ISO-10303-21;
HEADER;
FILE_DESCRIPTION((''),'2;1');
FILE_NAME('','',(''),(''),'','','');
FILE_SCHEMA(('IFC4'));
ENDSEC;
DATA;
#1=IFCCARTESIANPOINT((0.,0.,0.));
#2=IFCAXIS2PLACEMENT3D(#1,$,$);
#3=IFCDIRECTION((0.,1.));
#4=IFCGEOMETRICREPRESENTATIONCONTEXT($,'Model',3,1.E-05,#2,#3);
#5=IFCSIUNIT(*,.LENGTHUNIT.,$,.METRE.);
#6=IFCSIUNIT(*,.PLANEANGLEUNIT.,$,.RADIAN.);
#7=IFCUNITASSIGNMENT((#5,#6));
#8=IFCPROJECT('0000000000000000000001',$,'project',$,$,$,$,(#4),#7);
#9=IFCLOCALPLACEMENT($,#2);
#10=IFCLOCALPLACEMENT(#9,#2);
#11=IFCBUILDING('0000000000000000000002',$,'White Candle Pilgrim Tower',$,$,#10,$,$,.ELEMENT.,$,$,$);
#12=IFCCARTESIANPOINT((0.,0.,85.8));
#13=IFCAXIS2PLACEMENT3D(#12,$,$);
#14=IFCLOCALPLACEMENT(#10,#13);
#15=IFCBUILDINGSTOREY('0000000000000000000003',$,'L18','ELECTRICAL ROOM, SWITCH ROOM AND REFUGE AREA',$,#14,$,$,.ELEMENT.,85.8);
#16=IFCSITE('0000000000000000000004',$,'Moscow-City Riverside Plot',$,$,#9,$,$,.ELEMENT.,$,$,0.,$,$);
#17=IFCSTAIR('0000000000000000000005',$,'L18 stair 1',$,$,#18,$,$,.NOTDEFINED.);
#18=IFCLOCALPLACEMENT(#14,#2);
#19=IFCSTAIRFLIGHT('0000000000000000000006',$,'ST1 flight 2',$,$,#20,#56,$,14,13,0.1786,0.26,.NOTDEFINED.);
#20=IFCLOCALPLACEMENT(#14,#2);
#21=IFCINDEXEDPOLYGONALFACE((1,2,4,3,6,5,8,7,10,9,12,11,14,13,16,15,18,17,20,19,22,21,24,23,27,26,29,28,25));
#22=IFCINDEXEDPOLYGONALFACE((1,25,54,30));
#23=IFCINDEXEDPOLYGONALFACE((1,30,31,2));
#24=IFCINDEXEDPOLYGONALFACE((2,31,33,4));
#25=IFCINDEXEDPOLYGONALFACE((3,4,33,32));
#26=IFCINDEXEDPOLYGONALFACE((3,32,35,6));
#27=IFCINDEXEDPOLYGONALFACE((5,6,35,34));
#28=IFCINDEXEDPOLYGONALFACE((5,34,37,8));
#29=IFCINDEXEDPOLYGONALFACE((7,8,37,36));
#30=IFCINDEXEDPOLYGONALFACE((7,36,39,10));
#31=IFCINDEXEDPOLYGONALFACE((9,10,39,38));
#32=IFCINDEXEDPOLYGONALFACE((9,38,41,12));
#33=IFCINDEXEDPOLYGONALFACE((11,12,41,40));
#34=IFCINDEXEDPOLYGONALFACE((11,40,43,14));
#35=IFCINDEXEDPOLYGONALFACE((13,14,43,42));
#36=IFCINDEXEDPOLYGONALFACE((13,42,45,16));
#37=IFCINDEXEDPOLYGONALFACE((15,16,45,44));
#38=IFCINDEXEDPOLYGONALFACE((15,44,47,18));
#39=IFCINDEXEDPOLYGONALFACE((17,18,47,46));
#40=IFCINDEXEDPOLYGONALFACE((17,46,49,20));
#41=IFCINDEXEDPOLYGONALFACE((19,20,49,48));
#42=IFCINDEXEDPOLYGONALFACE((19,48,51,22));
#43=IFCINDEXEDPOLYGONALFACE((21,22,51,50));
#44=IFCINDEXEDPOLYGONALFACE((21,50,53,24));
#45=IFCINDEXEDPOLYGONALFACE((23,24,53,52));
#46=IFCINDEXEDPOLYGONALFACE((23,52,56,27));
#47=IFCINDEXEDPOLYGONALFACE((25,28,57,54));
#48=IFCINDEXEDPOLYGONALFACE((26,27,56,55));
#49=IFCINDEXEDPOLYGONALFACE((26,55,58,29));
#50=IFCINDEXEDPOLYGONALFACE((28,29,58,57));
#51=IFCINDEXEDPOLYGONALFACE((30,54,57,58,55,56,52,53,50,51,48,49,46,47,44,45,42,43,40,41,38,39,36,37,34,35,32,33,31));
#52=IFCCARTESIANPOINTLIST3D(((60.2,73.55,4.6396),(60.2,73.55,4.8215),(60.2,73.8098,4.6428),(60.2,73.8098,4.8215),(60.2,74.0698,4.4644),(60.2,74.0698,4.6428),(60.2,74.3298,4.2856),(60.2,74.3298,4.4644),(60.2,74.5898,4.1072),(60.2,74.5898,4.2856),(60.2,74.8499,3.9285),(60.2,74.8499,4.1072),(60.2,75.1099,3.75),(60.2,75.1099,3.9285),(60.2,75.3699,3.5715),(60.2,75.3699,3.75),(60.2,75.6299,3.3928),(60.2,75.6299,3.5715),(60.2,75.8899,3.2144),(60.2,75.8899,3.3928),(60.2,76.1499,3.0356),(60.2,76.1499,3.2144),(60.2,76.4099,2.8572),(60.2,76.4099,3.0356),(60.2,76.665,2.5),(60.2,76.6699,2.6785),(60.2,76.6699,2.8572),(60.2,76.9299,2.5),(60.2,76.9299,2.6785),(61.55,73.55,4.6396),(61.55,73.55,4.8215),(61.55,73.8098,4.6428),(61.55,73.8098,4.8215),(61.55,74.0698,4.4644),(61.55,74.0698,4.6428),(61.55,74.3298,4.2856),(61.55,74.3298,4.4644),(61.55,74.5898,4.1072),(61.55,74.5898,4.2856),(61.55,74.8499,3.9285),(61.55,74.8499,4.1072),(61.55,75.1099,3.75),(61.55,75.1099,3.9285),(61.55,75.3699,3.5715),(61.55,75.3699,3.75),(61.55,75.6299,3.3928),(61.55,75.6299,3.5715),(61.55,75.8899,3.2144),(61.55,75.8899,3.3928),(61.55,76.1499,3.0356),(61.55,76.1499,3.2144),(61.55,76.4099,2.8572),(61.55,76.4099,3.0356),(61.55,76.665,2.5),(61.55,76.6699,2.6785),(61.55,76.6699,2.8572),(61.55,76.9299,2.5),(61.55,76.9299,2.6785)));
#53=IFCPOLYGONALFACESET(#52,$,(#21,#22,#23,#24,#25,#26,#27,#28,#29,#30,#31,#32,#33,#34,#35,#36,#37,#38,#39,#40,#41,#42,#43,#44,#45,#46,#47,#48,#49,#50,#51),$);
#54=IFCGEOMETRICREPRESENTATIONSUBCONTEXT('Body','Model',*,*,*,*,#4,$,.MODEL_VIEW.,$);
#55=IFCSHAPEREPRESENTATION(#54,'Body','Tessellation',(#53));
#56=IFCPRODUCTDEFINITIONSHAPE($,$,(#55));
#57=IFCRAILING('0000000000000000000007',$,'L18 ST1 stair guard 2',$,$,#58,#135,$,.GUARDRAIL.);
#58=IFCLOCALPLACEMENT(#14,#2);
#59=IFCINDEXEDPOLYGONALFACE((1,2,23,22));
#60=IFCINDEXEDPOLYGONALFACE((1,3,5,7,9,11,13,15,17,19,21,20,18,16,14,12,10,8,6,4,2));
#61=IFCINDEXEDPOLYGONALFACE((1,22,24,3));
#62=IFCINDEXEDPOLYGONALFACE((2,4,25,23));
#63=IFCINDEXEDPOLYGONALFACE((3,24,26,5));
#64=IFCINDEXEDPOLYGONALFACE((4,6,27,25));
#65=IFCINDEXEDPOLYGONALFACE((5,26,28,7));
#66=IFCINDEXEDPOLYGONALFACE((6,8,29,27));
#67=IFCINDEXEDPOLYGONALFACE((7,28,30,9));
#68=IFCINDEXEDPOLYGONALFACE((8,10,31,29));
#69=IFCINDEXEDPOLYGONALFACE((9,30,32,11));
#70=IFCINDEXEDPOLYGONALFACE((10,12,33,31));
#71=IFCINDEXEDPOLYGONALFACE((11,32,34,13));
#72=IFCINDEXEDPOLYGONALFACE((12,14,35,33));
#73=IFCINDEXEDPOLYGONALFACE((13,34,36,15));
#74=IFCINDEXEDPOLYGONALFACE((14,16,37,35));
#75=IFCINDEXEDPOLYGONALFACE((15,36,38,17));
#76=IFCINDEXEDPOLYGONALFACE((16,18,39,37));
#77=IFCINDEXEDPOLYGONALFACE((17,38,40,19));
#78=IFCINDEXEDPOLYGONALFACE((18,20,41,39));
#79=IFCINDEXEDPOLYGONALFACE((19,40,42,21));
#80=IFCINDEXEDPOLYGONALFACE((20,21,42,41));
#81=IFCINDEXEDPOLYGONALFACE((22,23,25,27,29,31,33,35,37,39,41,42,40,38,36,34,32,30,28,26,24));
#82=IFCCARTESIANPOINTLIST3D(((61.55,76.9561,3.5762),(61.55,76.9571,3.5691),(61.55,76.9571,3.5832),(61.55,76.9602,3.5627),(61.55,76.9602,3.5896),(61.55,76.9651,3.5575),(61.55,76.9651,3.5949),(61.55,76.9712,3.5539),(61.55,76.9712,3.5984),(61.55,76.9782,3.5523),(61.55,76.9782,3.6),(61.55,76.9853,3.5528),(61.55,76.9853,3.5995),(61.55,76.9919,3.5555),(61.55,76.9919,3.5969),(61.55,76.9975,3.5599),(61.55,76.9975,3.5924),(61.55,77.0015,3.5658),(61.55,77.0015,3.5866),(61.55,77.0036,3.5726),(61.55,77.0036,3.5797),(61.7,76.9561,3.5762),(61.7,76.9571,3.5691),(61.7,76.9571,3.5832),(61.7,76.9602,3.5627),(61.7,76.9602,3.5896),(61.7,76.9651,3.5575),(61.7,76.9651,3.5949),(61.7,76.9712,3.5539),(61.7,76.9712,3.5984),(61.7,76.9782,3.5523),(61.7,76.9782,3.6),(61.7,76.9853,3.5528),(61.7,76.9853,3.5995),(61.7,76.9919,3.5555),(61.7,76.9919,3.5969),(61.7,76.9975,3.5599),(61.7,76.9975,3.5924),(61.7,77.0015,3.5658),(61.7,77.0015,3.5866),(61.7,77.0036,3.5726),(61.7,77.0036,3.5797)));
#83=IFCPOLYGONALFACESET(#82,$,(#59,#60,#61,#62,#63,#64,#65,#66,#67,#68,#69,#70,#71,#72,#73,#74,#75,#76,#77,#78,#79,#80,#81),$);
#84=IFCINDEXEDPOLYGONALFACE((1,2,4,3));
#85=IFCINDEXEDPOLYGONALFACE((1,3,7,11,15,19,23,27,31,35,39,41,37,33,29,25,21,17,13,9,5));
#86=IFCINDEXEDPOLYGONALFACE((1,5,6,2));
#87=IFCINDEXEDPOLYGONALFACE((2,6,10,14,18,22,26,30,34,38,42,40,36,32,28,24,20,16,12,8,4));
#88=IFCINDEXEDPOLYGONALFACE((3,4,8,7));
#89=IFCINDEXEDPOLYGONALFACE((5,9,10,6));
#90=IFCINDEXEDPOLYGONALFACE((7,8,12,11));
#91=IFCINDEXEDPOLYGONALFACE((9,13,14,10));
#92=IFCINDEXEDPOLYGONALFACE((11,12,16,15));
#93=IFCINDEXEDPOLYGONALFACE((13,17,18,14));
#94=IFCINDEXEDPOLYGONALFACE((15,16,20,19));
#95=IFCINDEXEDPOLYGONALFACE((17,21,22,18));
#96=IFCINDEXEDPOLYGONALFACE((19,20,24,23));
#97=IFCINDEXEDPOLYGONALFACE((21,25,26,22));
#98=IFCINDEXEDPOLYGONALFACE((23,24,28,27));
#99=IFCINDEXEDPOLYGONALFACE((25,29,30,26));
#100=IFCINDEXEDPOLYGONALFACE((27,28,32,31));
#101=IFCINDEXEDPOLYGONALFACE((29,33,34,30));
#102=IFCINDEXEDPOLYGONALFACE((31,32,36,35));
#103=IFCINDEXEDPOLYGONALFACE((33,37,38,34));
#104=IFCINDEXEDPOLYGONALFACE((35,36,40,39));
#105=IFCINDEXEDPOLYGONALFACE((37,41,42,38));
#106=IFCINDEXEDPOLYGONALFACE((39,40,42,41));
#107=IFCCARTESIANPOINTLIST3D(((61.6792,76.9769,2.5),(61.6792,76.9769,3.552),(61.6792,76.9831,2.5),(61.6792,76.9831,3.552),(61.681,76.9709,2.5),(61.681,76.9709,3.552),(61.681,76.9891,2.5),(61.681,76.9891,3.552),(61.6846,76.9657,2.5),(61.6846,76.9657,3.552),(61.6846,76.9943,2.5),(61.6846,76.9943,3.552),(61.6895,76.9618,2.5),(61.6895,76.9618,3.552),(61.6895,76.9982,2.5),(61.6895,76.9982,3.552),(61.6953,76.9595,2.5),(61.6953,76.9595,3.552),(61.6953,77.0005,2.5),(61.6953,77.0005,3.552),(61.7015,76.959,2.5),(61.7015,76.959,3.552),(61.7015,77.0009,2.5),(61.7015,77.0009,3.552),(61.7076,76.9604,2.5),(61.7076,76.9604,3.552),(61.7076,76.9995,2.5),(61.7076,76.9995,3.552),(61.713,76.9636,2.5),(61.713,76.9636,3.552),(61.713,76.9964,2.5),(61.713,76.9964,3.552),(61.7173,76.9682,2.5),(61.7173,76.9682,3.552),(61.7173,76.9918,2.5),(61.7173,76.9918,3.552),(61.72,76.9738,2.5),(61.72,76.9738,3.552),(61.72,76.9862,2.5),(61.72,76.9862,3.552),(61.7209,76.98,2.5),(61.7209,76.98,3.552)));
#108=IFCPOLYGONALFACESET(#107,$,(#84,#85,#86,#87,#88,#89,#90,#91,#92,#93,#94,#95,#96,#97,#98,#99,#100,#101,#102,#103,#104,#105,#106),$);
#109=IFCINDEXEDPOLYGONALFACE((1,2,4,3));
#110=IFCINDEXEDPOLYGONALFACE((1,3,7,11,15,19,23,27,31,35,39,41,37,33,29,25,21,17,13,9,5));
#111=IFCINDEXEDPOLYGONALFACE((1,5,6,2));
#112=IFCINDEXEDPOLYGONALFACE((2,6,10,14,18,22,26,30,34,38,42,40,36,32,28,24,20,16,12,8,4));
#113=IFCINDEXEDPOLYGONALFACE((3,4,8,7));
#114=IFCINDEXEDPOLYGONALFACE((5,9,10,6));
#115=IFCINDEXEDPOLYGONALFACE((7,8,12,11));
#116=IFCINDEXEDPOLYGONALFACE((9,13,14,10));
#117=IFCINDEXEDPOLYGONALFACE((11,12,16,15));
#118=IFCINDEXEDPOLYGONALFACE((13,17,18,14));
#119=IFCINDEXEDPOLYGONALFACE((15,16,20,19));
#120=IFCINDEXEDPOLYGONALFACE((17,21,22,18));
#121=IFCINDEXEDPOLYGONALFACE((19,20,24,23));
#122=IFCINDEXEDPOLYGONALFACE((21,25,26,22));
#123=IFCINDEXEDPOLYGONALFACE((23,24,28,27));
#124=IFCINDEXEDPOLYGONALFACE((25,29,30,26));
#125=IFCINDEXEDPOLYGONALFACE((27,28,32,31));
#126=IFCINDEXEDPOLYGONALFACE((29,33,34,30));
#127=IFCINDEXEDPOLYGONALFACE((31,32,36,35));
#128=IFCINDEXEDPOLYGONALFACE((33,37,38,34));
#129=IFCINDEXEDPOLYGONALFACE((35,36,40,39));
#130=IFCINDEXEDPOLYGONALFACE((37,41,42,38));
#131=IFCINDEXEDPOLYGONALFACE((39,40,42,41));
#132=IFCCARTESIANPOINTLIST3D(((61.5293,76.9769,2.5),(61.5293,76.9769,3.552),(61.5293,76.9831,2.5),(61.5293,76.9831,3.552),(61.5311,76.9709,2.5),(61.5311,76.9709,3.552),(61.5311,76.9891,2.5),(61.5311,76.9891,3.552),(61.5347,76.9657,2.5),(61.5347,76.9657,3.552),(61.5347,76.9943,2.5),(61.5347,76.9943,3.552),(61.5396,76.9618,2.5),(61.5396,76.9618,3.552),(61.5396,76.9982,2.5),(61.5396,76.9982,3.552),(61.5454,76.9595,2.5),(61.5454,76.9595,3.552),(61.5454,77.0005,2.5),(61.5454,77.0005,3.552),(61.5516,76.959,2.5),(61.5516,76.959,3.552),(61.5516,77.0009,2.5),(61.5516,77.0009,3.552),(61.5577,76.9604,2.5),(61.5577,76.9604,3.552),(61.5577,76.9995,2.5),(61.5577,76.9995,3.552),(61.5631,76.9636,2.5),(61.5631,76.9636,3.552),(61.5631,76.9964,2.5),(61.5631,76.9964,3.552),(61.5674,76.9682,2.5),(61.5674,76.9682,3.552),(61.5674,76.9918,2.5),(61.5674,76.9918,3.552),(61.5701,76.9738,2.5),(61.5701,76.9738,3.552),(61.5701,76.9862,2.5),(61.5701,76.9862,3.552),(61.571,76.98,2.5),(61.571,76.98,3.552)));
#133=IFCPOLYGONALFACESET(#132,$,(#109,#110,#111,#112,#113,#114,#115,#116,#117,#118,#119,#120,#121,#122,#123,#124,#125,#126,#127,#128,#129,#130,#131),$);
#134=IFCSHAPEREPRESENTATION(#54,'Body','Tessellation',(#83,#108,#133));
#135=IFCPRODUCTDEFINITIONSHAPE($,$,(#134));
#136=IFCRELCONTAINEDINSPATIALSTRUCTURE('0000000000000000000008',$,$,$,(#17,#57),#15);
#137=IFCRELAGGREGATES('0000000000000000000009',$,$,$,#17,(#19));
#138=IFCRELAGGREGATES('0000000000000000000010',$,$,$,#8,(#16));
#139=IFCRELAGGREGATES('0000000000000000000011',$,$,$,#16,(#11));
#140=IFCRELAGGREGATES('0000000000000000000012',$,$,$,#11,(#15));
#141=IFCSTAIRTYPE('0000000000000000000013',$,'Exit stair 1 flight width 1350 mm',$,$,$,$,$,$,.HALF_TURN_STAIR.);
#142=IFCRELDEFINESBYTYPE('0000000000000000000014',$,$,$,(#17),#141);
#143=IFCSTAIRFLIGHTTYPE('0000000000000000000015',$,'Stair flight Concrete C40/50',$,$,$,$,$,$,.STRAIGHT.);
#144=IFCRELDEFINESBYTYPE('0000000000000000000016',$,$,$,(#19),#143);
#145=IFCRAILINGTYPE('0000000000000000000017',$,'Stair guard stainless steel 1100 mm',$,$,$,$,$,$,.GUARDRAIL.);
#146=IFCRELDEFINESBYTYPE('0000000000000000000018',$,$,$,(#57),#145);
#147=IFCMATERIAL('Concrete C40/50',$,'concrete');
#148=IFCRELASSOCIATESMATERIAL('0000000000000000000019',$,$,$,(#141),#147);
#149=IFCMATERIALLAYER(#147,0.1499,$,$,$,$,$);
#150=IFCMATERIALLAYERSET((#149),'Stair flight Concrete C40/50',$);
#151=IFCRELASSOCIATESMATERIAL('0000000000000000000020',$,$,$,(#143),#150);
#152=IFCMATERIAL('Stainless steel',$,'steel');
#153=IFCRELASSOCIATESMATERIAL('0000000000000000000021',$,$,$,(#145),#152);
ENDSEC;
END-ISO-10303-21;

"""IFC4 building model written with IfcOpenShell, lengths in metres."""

from ifc_helpers import new_model, si_unit, direction, frame, origin, origin_2d, place, context, subcontext, project, spatial, polyline, circle, outline, extrude, material, layer, layer_set, type_object, element, aggregate, save


model = new_model("IFC4")

# Units and contexts
model_context = context("Model", 3, precision=1e-05, world=origin(), true_north=direction((0.0, 1.0)))
body_context = subcontext(model_context, "Body", "Model", "MODEL_VIEW")
ifc_project = project(units=[si_unit("LENGTHUNIT", "METRE"), si_unit("PLANEANGLEUNIT", "RADIAN")], contexts=[model_context])

# Site, building, storey
site_placement = place(None, origin())
site = spatial("IfcSite", under=ifc_project, at=site_placement, Name="Moscow-City Riverside Plot", CompositionType="ELEMENT", RefElevation=0.0)
building_placement = place(site_placement, origin())
building = spatial("IfcBuilding", under=site, at=building_placement, Name="White Candle Pilgrim Tower", CompositionType="ELEMENT")
storey_placement = place(building_placement, frame((0.0, 0.0, 85.8)))
storey = spatial("IfcBuildingStorey", under=building, at=storey_placement, Name="L18", Description="ELECTRICAL ROOM, SWITCH ROOM AND REFUGE AREA", CompositionType="ELEMENT", Elevation=85.8)

# Shared definitions
ifc_material_1 = material(Name="Stainless steel", Category="steel")

# Stair, stair flight
ifc_material_2 = material(Name="Concrete C40/50", Category="concrete")
stair_type = type_object("IfcStairType", Name="Exit stair 1 flight width 1350 mm", PredefinedType="HALF_TURN_STAIR", material=ifc_material_2)
stair_placement = place(storey_placement, origin())
stair = element("IfcStair", 1, at=stair_placement, inside=storey, type_object=stair_type, Name="L18 stair 1", PredefinedType="NOTDEFINED")
ifc_layer_1 = layer(ifc_material_2, 0.1499)
ifc_layer_set_1 = layer_set([ifc_layer_1], Name="Stair flight Concrete C40/50")
stair_flight_type = type_object("IfcStairFlightType", Name="Stair flight Concrete C40/50", PredefinedType="STRAIGHT", material=ifc_layer_set_1)
stair_flight_placement = place(storey_placement, frame((60.875, 76.9299, 2.5), z_axis=(0.0, 0.0, 1.0), x_axis=(0.0, -1.0, 0.0)))
stair_flight = element("IfcStairFlight", 2, at=stair_flight_placement, type_object=stair_flight_type, Name="ST1 flight 2", NumberOfRisers=14, NumberOfTreads=13, PredefinedType="NOTDEFINED", RiserHeight=0.1786, TreadLength=0.26, context=body_context, shape_type="SweptSolid", body=[
    extrude(outline(polyline([(0.0, 0.0), (0.0, 0.1785), (0.26, 0.1785), (0.26, 0.3572), (0.52, 0.3572), (0.52, 0.5356), (0.78, 0.5356), (0.78, 0.7144), (1.04, 0.7144), (1.04, 0.8928), (1.3, 0.8928), (1.3, 1.0715), (1.5601, 1.0715), (1.5601, 1.25), (1.8201, 1.25), (1.8201, 1.4285), (2.0801, 1.4285), (2.0801, 1.6072), (2.3401, 1.6072), (2.3401, 1.7856), (2.6001, 1.7856), (2.6001, 1.9644), (2.8601, 1.9644), (2.8601, 2.1428), (3.1201, 2.1428), (3.1201, 2.3215), (3.3799, 2.3215), (3.3799, 2.5), (3.3799, 2.1396), (0.2649, 0.0), (0.0, 0.0)])), frame((0.0, 0.675, 0.0), z_axis=(0.0, -1.0, 0.0), x_axis=(1.0, 0.0, 0.0)), (0.0, 0.0, 1.0), 1.3501),
])
aggregate(stair, [stair_flight])

# Railing
railing_type_1 = type_object("IfcRailingType", Name="Stair guard stainless steel 1100 mm", PredefinedType="GUARDRAIL", material=ifc_material_1)
railing_1_placement = place(storey_placement, frame((61.7, 76.98, 2.5)))
element("IfcRailing", 3, at=railing_1_placement, inside=storey, type_object=railing_type_1, Name="L18 ST1 stair guard 2", PredefinedType="GUARDRAIL", context=body_context, shape_type="SweptSolid", body=[
    extrude(circle(Radius=0.0239, at=origin_2d()), frame((0.0, 0.0, 1.0762), z_axis=(-1.0, 0.0, 0.0), x_axis=(0.0, -1.0, 0.0)), (0.0, 0.0, 1.0), 0.1499),
    extrude(circle(Radius=0.021, at=origin_2d()), origin(), (0.0, 0.0, 1.0), 1.052),
    extrude(circle(Radius=0.021, at=origin_2d()), frame((-0.1499, 0.0, 0.0)), (0.0, 0.0, 1.0), 1.052),
])

save(model, "model.ifc")
